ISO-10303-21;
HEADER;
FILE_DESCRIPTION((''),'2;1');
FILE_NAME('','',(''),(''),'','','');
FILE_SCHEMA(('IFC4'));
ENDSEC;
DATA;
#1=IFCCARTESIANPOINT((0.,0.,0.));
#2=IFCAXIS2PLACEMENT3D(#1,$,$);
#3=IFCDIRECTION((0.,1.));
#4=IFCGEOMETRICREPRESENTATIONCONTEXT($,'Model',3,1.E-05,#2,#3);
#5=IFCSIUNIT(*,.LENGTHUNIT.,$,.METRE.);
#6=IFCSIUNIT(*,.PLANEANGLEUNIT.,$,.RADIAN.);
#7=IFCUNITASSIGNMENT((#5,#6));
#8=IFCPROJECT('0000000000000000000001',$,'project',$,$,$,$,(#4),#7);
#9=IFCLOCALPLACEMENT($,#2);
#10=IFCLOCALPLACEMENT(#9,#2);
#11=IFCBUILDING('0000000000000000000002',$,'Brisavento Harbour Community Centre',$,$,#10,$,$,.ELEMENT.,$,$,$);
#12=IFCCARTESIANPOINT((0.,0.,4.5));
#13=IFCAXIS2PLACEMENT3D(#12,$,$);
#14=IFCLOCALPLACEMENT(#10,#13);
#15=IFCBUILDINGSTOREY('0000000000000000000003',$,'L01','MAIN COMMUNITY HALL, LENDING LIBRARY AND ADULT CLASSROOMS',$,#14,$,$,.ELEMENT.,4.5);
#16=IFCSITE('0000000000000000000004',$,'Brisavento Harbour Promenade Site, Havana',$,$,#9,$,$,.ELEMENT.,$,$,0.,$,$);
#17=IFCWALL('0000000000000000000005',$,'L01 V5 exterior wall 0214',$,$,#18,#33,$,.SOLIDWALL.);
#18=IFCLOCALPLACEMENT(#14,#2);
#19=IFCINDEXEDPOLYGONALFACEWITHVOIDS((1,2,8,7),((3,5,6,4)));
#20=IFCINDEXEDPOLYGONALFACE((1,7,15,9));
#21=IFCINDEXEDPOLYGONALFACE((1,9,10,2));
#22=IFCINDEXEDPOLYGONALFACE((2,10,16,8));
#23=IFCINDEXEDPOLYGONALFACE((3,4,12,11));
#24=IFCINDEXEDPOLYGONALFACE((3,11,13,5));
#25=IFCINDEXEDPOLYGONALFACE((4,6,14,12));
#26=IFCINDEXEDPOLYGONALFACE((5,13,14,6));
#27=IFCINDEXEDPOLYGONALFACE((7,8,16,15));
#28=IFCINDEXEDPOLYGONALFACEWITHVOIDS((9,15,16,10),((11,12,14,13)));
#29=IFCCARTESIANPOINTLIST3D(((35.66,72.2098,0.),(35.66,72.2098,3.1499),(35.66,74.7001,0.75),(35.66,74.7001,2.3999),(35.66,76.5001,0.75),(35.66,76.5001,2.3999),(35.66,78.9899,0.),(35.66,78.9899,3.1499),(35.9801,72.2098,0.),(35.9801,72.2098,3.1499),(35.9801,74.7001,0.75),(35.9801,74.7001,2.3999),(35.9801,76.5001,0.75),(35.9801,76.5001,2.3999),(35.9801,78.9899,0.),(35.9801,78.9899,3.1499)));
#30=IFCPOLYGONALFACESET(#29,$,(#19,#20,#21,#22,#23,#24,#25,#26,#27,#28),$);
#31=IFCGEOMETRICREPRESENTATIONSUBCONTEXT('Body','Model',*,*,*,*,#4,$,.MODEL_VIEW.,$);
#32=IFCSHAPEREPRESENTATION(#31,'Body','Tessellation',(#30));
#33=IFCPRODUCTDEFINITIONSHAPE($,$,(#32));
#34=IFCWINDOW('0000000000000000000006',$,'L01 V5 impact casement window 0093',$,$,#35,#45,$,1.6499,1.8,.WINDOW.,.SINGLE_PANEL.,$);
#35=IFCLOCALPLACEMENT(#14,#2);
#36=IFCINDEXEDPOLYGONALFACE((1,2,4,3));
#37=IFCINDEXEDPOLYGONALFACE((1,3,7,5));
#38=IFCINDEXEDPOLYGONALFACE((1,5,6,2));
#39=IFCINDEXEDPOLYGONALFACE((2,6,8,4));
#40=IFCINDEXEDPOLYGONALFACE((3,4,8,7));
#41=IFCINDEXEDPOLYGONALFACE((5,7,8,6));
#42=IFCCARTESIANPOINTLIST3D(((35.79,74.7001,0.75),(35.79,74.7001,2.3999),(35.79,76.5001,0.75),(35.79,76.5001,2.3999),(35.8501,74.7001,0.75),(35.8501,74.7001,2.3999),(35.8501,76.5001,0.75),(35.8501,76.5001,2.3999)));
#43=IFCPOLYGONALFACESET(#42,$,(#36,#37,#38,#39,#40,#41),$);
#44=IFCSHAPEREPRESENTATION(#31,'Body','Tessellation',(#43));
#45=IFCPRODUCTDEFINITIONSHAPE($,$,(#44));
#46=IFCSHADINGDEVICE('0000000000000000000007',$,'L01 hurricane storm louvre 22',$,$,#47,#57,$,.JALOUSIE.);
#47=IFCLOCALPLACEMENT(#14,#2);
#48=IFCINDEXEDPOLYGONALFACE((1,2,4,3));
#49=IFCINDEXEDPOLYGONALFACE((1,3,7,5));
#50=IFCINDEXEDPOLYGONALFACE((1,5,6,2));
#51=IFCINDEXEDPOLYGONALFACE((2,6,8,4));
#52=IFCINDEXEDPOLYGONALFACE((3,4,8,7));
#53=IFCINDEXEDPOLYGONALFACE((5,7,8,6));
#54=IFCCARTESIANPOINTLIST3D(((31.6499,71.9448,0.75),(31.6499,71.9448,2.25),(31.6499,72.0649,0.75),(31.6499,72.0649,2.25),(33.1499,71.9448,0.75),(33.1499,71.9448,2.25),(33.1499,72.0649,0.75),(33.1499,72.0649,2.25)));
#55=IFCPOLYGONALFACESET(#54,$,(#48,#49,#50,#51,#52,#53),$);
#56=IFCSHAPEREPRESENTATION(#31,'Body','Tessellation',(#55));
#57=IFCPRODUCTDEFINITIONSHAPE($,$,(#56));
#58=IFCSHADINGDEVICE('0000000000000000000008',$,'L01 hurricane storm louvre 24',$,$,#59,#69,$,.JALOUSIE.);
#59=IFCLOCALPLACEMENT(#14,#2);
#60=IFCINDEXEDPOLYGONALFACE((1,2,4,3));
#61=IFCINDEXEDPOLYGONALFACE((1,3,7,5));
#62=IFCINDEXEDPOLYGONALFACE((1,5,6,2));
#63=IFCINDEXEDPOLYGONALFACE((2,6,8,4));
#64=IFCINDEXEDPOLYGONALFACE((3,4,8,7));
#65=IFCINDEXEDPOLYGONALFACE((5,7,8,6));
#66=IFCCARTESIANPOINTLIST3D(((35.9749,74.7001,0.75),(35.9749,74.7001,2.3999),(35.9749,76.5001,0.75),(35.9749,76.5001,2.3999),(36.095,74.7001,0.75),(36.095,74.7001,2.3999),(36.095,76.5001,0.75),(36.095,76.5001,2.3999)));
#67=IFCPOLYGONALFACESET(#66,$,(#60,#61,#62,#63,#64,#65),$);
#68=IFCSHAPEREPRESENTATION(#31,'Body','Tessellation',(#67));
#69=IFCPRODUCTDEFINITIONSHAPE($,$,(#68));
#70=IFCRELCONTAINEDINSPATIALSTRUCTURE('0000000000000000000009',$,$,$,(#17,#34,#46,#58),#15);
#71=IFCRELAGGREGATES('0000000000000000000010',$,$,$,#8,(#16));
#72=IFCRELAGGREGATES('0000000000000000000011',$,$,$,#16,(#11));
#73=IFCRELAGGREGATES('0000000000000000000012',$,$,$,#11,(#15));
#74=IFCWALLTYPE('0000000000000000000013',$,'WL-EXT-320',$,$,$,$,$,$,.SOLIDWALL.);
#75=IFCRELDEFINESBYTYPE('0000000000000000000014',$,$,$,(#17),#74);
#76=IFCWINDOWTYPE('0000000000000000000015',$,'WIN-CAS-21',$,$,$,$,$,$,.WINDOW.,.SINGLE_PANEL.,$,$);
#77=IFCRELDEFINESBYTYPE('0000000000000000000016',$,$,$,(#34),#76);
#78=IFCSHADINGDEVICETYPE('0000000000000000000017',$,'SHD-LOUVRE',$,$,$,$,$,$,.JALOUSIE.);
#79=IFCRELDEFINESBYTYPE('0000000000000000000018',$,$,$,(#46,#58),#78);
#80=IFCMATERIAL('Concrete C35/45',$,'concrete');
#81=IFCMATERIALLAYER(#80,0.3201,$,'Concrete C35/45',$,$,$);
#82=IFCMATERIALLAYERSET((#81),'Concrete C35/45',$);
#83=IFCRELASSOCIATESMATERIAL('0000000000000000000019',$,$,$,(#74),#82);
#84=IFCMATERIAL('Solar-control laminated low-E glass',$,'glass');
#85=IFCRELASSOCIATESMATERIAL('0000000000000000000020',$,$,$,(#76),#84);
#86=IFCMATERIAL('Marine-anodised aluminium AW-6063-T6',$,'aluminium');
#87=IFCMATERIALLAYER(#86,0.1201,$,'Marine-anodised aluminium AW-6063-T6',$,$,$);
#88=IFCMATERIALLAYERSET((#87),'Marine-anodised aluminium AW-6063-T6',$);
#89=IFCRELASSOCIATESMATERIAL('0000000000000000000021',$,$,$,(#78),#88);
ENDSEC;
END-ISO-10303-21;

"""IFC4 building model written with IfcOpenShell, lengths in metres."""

from ifc_helpers import new_model, si_unit, direction, frame, frame_2d, origin, origin_2d, place, context, subcontext, project, spatial, rectangle, extrude, material, layer, layer_set, type_object, element, fill, save


model = new_model("IFC4")

# Units and contexts
model_context = context("Model", 3, precision=1e-05, world=origin(), true_north=direction((0.0, 1.0)))
body_context = subcontext(model_context, "Body", "Model", "MODEL_VIEW")
ifc_project = project(units=[si_unit("LENGTHUNIT", "METRE"), si_unit("PLANEANGLEUNIT", "RADIAN")], contexts=[model_context])

# Site, building, storey
site_placement = place(None, origin())
site = spatial("IfcSite", under=ifc_project, at=site_placement, Name="Brisavento Harbour Promenade Site, Havana", CompositionType="ELEMENT", RefElevation=0.0)
building_placement = place(site_placement, origin())
building = spatial("IfcBuilding", under=site, at=building_placement, Name="Brisavento Harbour Community Centre", CompositionType="ELEMENT")
storey_placement = place(building_placement, frame((0.0, 0.0, 4.5)))
storey = spatial("IfcBuildingStorey", under=building, at=storey_placement, Name="L01", Description="MAIN COMMUNITY HALL, LENDING LIBRARY AND ADULT CLASSROOMS", CompositionType="ELEMENT", Elevation=4.5)

# Shared definitions
ifc_material_1 = material(Name="Concrete C35/45", Category="concrete")

# Wall, opening, window
ifc_material_2 = material(Name="Solar-control laminated low-E glass", Category="glass")
ifc_layer_1 = layer(ifc_material_1, 0.3201, Name="Concrete C35/45")
ifc_layer_set_1 = layer_set([ifc_layer_1], Name="Concrete C35/45")
wall_type_1 = type_object("IfcWallType", Name="WL-EXT-320", PredefinedType="SOLIDWALL", material=ifc_layer_set_1)
wall_1_placement = place(storey_placement, frame((35.8201, 78.99, 0.0), z_axis=(0.0, 0.0, 1.0), x_axis=(0.0, -1.0, 0.0)))
wall_1 = element("IfcWall", 1, at=wall_1_placement, inside=storey, type_object=wall_type_1, Name="L01 V5 exterior wall 0214", PredefinedType="SOLIDWALL", context=body_context, shape_type="SweptSolid", body=[
    extrude(rectangle(XDim=6.78, YDim=0.3201, at=frame_2d((3.3901, 0.0))), origin(), (0.0, 0.0, 1.0), 3.1499),
])
opening_1_placement = place(wall_1_placement, frame((2.49, 0.0, 0.75)))
opening_1 = element("IfcOpeningElement", 2, at=opening_1_placement, cuts=wall_1, PredefinedType="OPENING", context=body_context, shape_type="SweptSolid", body=[
    extrude(rectangle(XDim=1.8, YDim=1.6499, at=frame_2d((0.8999, 0.825))), frame((0.0, 0.1699, 0.0), z_axis=(0.0, -1.0, 0.0), x_axis=(1.0, 0.0, 0.0)), (0.0, 0.0, 1.0), 0.3401),
])
window_type_1 = type_object("IfcWindowType", Name="WIN-CAS-21", PartitioningType="SINGLE_PANEL", PredefinedType="WINDOW", material=ifc_material_2)
window_1_placement = place(opening_1_placement, origin())
window_1 = element("IfcWindow", 3, at=window_1_placement, inside=storey, type_object=window_type_1, Name="L01 V5 impact casement window 0093", OverallHeight=1.6499, OverallWidth=1.8, PartitioningType="SINGLE_PANEL", PredefinedType="WINDOW", context=body_context, shape_type="SweptSolid", body=[
    extrude(rectangle(XDim=1.8, YDim=1.6499, at=frame_2d((0.8999, 0.825))), frame((0.0, 0.03, 0.0), z_axis=(0.0, -1.0, 0.0), x_axis=(1.0, 0.0, 0.0)), (0.0, 0.0, 1.0), 0.0601),
])
fill(opening_1, window_1)

# Shading devices
ifc_material_3 = material(Name="Marine-anodised aluminium AW-6063-T6", Category="aluminium")
ifc_layer_2 = layer(ifc_material_3, 0.1201, Name="Marine-anodised aluminium AW-6063-T6")
ifc_layer_set_2 = layer_set([ifc_layer_2], Name="Marine-anodised aluminium AW-6063-T6")
shading_device_type = type_object("IfcShadingDeviceType", Name="SHD-LOUVRE", PredefinedType="JALOUSIE", material=ifc_layer_set_2)
shading_device_1_placement = place(storey_placement, frame((32.3999, 72.0049, 0.75), z_axis=(0.0, 0.0, 1.0), x_axis=(-1.0, 0.0, 0.0)))
element("IfcShadingDevice", 4, at=shading_device_1_placement, inside=storey, type_object=shading_device_type, Name="L01 hurricane storm louvre 22", PredefinedType="JALOUSIE", context=body_context, shape_type="SweptSolid", body=[
    extrude(rectangle(XDim=1.5, YDim=0.1201, at=origin_2d()), origin(), (0.0, 0.0, 1.0), 1.5),
])
shading_device_2_placement = place(storey_placement, frame((36.0349, 75.6001, 0.75), z_axis=(0.0, 0.0, 1.0), x_axis=(0.0, -1.0, 0.0)))
element("IfcShadingDevice", 5, at=shading_device_2_placement, inside=storey, type_object=shading_device_type, Name="L01 hurricane storm louvre 24", PredefinedType="JALOUSIE", context=body_context, shape_type="SweptSolid", body=[
    extrude(rectangle(XDim=1.8, YDim=0.1201, at=origin_2d()), origin(), (0.0, 0.0, 1.0), 1.6499),
])

save(model, "model.ifc")
